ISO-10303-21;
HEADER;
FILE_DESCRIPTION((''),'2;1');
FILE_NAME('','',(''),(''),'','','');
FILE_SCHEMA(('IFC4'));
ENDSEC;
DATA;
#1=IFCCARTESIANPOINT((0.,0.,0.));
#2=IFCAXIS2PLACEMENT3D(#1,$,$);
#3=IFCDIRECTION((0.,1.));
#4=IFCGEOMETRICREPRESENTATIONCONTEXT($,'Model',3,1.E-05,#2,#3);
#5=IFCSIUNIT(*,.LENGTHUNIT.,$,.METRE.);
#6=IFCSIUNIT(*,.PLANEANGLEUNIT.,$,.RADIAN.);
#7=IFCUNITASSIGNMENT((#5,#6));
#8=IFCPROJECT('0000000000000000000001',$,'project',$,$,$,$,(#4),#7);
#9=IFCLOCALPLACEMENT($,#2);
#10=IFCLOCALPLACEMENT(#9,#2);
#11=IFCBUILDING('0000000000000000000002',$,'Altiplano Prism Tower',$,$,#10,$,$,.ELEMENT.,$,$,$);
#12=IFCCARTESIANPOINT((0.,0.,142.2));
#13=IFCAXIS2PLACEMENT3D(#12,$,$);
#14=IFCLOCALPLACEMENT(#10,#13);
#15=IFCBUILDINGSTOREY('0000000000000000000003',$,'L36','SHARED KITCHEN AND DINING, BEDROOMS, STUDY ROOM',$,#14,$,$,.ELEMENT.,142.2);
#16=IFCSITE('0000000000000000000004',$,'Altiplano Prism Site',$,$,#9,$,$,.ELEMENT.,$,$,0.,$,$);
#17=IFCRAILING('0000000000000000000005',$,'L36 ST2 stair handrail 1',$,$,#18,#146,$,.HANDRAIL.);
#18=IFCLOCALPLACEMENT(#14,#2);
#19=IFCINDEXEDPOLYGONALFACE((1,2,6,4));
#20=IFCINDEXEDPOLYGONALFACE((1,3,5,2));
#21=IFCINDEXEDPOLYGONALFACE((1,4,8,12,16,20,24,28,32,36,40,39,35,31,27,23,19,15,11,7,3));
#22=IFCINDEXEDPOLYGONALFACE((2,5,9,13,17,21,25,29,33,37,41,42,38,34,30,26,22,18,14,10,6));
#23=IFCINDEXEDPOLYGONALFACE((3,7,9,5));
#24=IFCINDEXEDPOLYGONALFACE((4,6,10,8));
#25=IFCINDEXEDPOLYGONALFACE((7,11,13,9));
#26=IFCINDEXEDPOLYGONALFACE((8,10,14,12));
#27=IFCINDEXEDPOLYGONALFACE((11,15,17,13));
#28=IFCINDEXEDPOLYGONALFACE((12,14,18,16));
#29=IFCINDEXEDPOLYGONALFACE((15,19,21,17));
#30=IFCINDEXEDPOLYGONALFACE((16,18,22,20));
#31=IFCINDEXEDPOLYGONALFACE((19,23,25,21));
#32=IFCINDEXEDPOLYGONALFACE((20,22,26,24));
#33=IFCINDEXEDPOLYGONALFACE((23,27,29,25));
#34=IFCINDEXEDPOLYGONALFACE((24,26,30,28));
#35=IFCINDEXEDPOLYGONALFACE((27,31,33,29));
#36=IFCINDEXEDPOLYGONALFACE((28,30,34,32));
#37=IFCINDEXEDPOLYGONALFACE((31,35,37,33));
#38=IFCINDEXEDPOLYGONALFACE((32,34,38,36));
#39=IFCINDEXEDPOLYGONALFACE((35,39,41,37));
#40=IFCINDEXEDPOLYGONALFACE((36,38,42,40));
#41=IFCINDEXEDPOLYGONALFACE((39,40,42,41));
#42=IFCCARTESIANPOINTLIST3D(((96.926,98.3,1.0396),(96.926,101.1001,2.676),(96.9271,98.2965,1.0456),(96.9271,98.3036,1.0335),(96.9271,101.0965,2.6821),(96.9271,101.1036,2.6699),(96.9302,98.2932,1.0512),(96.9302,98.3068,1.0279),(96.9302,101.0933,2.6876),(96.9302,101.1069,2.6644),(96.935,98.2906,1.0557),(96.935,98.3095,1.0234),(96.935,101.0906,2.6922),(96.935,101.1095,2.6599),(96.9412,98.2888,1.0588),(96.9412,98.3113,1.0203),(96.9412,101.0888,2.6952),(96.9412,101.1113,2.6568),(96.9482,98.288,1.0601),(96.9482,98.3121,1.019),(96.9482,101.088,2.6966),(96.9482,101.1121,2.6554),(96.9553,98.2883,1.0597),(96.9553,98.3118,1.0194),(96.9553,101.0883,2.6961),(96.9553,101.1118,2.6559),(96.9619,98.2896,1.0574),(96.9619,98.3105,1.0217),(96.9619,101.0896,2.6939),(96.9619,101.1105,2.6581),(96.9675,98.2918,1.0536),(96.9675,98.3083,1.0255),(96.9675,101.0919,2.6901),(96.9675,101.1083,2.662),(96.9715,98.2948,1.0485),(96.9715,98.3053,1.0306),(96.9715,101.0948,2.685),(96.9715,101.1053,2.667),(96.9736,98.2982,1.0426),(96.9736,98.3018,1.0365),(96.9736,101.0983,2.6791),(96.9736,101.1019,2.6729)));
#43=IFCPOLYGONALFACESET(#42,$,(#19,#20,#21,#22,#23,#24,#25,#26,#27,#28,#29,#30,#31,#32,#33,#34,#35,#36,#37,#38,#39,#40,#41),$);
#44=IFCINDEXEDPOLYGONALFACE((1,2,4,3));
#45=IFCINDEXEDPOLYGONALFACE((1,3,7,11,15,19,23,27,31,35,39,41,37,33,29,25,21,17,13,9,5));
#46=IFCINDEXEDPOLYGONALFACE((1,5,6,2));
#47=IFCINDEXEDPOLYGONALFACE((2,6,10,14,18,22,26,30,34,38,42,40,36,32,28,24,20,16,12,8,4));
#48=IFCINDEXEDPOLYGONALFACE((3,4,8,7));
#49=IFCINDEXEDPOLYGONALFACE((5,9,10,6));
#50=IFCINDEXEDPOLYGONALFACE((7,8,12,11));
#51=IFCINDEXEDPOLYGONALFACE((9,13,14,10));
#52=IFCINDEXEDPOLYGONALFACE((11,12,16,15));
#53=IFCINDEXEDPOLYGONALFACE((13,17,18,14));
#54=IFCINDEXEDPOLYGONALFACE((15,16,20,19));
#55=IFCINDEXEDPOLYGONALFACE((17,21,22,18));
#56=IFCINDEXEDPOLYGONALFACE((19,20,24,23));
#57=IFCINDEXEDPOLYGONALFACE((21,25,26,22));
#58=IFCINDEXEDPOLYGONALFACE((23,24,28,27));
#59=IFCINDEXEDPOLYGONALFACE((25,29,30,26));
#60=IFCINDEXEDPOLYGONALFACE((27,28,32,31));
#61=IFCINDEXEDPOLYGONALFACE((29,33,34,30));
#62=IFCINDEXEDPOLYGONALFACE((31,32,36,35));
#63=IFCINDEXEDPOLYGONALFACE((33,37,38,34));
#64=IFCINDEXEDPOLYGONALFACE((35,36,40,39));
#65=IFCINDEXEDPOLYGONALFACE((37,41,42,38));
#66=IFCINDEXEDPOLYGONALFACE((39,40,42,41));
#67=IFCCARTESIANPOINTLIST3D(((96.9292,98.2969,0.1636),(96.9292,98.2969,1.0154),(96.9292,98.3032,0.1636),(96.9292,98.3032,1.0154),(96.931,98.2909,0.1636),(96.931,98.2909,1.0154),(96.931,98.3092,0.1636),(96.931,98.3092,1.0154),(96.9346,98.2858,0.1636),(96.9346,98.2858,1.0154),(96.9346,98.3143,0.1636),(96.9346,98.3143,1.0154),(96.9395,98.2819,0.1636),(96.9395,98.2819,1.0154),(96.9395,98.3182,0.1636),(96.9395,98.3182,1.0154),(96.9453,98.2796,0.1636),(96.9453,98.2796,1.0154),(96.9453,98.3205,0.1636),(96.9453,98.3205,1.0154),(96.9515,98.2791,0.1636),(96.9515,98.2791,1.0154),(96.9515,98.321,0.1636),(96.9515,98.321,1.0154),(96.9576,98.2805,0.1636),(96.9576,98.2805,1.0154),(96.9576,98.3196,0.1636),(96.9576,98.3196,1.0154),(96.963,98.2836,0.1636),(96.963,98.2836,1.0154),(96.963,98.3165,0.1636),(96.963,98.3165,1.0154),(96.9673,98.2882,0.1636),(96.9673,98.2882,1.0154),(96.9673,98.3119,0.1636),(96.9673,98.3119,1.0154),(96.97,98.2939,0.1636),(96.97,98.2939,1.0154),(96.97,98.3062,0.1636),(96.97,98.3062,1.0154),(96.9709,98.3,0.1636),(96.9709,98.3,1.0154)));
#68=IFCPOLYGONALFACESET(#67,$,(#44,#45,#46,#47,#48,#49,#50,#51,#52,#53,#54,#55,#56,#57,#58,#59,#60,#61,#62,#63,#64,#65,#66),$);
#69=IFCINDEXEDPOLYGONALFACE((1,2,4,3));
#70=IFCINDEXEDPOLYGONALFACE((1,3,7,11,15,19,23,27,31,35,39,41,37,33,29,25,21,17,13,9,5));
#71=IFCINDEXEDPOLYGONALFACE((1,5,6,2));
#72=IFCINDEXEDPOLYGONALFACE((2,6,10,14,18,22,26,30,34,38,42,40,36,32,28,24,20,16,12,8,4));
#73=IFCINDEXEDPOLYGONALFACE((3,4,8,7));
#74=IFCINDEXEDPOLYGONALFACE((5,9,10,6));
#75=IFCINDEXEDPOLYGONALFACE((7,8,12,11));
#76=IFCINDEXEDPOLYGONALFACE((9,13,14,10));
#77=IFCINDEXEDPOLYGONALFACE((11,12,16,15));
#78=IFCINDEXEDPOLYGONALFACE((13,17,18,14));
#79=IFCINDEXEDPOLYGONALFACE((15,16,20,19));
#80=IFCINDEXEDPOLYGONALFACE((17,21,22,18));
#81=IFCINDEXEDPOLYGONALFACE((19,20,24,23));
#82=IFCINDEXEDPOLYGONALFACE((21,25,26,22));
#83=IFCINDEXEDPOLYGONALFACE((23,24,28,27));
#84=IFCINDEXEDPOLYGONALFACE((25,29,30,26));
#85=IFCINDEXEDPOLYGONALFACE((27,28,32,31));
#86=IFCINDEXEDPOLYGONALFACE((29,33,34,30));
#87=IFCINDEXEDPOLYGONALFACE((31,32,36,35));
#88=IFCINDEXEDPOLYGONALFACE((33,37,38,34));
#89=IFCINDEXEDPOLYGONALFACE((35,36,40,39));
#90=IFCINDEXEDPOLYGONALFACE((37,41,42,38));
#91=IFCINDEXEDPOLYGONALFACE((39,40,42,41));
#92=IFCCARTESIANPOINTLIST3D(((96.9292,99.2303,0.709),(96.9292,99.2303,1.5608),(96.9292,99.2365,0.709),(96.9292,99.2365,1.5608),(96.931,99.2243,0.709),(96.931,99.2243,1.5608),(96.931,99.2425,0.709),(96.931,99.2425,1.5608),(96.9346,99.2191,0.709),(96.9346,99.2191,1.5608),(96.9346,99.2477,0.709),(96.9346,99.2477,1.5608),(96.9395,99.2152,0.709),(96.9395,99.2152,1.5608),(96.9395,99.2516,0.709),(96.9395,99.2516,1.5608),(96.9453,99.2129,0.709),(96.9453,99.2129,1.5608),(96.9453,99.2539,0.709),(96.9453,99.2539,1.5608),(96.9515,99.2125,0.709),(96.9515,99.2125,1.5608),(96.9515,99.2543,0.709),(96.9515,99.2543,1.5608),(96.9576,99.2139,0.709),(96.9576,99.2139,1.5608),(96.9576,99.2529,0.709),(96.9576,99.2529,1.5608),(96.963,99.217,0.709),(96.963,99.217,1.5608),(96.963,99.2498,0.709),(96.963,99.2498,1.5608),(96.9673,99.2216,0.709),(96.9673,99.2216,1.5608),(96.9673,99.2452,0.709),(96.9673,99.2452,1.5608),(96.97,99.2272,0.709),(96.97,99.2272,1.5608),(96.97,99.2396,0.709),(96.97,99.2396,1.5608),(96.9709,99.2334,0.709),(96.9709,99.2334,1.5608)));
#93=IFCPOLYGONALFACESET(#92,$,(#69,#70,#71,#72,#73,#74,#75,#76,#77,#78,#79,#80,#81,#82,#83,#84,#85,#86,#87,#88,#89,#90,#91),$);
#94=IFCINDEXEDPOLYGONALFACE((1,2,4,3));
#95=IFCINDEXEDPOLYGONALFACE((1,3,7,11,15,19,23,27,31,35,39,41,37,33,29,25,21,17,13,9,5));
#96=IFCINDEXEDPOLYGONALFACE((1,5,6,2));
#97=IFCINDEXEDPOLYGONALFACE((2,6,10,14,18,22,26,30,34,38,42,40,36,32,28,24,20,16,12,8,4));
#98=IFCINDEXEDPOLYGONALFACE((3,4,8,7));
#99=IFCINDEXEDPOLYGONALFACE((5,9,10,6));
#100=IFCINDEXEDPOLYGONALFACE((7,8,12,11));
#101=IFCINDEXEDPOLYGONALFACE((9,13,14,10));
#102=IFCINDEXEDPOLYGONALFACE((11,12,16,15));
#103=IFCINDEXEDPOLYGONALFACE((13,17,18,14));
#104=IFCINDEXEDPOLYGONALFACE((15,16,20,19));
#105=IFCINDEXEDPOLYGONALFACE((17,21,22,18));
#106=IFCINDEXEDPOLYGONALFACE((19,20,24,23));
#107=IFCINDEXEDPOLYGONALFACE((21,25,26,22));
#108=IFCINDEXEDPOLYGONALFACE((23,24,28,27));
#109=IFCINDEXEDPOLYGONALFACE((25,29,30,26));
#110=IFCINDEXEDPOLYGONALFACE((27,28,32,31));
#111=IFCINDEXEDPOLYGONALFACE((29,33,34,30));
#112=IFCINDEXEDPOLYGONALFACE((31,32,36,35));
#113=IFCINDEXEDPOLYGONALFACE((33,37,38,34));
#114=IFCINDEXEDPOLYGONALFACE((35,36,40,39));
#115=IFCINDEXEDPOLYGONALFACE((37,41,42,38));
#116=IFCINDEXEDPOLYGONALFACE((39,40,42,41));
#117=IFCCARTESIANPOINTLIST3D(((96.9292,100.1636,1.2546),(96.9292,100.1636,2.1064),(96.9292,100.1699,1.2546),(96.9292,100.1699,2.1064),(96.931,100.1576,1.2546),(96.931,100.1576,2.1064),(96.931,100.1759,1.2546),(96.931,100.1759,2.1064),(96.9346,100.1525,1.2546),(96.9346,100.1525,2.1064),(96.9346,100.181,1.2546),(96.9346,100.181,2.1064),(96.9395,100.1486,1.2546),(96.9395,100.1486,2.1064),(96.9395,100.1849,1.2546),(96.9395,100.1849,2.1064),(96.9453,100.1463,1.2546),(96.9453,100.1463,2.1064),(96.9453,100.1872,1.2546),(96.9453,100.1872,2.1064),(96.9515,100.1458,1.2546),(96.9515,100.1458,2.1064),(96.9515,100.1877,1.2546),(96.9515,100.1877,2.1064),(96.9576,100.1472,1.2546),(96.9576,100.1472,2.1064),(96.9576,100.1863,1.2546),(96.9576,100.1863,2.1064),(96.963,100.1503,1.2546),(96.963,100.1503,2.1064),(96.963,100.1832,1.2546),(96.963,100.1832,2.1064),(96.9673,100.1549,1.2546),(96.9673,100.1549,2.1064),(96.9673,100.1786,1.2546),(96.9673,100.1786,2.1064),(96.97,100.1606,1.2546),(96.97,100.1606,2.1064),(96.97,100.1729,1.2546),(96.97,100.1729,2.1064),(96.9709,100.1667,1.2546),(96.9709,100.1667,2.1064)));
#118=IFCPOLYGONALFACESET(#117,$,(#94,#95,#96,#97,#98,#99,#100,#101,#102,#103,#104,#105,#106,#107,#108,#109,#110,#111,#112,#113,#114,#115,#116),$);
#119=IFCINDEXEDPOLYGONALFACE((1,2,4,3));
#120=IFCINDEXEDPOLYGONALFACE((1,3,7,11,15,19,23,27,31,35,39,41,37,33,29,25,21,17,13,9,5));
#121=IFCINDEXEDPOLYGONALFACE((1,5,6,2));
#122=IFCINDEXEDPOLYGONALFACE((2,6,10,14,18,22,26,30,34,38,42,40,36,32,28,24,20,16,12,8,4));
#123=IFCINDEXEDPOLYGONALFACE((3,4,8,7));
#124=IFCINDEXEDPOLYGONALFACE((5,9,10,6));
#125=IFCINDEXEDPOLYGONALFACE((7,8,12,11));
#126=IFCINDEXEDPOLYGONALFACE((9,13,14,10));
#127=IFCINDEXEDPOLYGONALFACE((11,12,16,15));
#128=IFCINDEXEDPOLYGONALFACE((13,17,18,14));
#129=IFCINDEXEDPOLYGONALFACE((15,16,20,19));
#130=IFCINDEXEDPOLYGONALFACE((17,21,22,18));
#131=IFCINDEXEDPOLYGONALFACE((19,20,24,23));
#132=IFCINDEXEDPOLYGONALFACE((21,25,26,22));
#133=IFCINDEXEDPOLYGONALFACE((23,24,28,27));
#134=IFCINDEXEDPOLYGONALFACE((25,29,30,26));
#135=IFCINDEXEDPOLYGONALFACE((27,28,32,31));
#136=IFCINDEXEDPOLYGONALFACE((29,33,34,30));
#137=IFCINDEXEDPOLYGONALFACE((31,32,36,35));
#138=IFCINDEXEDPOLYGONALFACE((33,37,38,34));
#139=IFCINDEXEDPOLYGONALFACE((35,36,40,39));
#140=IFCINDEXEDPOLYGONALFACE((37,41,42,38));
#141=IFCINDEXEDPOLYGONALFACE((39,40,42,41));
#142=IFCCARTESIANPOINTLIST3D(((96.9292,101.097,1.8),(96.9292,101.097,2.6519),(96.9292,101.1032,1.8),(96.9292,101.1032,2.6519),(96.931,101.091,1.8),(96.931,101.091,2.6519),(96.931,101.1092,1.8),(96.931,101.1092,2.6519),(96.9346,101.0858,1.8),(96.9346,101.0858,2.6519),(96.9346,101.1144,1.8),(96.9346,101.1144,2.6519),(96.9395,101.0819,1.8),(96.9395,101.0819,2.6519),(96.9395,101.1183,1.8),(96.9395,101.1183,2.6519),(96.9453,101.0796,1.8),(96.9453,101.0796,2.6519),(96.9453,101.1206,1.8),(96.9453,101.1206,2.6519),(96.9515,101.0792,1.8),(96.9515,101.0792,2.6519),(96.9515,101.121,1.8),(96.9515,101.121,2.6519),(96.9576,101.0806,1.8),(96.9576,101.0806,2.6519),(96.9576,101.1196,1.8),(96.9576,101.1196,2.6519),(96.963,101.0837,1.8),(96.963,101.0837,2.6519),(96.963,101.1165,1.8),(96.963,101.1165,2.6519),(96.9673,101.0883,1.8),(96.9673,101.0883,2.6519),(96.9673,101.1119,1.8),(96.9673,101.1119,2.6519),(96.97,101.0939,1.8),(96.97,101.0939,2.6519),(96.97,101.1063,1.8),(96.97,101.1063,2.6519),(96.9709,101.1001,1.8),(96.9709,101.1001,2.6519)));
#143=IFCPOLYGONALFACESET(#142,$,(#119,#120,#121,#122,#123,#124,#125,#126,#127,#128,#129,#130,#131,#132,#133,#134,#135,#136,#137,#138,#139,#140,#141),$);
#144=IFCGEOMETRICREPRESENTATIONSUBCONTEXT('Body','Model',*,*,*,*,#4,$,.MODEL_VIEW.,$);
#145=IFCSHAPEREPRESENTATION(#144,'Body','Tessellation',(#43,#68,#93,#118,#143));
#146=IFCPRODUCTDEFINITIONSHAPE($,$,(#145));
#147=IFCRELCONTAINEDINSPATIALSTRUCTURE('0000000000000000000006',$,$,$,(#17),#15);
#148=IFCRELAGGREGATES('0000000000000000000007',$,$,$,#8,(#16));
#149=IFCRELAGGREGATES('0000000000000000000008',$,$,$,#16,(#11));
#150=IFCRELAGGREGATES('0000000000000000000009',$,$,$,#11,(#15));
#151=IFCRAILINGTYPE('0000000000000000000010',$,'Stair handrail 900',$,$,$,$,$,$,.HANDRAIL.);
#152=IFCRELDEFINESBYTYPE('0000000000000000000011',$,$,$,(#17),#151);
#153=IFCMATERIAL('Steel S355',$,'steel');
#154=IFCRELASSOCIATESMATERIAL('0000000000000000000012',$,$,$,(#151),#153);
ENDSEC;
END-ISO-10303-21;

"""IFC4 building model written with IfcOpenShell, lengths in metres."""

from ifc_helpers import new_model, si_unit, direction, frame, origin, origin_2d, place, context, subcontext, project, spatial, circle, extrude, material, type_object, element, save


model = new_model("IFC4")

# Units and contexts
model_context = context("Model", 3, precision=1e-05, world=origin(), true_north=direction((0.0, 1.0)))
body_context = subcontext(model_context, "Body", "Model", "MODEL_VIEW")
ifc_project = project(units=[si_unit("LENGTHUNIT", "METRE"), si_unit("PLANEANGLEUNIT", "RADIAN")], contexts=[model_context])

# Site, building, storey
site_placement = place(None, origin())
site = spatial("IfcSite", under=ifc_project, at=site_placement, Name="Altiplano Prism Site", CompositionType="ELEMENT", RefElevation=0.0)
building_placement = place(site_placement, origin())
building = spatial("IfcBuilding", under=site, at=building_placement, Name="Altiplano Prism Tower", CompositionType="ELEMENT")
storey_placement = place(building_placement, frame((0.0, 0.0, 142.2)))
storey = spatial("IfcBuildingStorey", under=building, at=storey_placement, Name="L36", Description="SHARED KITCHEN AND DINING, BEDROOMS, STUDY ROOM", CompositionType="ELEMENT", Elevation=142.2)

# Railing
ifc_material_1 = material(Name="Steel S355", Category="steel")
railing_type_1 = type_object("IfcRailingType", Name="Stair handrail 900", PredefinedType="HANDRAIL", material=ifc_material_1)
railing_1_placement = place(storey_placement, frame((96.95, 98.3, 0.1636)))
element("IfcRailing", 1, at=railing_1_placement, inside=storey, type_object=railing_type_1, Name="L36 ST2 stair handrail 1", PredefinedType="HANDRAIL", context=body_context, shape_type="SweptSolid", body=[
    extrude(circle(Radius=0.0239, at=origin_2d()), frame((0.0, 0.0, 0.876), z_axis=(0.0, 0.863361, 0.504587), x_axis=(-1.0, 0.0, 0.0)), (0.0, 0.0, 1.0), 3.2432),
    extrude(circle(Radius=0.021, at=origin_2d()), origin(), (0.0, 0.0, 1.0), 0.8518),
    extrude(circle(Radius=0.021, at=origin_2d()), frame((0.0, 0.9333, 0.5454)), (0.0, 0.0, 1.0), 0.8518),
    extrude(circle(Radius=0.021, at=origin_2d()), frame((0.0, 1.8667, 1.0911)), (0.0, 0.0, 1.0), 0.8518),
    extrude(circle(Radius=0.021, at=origin_2d()), frame((0.0, 2.8, 1.6365)), (0.0, 0.0, 1.0), 0.8518),
])

save(model, "model.ifc")
